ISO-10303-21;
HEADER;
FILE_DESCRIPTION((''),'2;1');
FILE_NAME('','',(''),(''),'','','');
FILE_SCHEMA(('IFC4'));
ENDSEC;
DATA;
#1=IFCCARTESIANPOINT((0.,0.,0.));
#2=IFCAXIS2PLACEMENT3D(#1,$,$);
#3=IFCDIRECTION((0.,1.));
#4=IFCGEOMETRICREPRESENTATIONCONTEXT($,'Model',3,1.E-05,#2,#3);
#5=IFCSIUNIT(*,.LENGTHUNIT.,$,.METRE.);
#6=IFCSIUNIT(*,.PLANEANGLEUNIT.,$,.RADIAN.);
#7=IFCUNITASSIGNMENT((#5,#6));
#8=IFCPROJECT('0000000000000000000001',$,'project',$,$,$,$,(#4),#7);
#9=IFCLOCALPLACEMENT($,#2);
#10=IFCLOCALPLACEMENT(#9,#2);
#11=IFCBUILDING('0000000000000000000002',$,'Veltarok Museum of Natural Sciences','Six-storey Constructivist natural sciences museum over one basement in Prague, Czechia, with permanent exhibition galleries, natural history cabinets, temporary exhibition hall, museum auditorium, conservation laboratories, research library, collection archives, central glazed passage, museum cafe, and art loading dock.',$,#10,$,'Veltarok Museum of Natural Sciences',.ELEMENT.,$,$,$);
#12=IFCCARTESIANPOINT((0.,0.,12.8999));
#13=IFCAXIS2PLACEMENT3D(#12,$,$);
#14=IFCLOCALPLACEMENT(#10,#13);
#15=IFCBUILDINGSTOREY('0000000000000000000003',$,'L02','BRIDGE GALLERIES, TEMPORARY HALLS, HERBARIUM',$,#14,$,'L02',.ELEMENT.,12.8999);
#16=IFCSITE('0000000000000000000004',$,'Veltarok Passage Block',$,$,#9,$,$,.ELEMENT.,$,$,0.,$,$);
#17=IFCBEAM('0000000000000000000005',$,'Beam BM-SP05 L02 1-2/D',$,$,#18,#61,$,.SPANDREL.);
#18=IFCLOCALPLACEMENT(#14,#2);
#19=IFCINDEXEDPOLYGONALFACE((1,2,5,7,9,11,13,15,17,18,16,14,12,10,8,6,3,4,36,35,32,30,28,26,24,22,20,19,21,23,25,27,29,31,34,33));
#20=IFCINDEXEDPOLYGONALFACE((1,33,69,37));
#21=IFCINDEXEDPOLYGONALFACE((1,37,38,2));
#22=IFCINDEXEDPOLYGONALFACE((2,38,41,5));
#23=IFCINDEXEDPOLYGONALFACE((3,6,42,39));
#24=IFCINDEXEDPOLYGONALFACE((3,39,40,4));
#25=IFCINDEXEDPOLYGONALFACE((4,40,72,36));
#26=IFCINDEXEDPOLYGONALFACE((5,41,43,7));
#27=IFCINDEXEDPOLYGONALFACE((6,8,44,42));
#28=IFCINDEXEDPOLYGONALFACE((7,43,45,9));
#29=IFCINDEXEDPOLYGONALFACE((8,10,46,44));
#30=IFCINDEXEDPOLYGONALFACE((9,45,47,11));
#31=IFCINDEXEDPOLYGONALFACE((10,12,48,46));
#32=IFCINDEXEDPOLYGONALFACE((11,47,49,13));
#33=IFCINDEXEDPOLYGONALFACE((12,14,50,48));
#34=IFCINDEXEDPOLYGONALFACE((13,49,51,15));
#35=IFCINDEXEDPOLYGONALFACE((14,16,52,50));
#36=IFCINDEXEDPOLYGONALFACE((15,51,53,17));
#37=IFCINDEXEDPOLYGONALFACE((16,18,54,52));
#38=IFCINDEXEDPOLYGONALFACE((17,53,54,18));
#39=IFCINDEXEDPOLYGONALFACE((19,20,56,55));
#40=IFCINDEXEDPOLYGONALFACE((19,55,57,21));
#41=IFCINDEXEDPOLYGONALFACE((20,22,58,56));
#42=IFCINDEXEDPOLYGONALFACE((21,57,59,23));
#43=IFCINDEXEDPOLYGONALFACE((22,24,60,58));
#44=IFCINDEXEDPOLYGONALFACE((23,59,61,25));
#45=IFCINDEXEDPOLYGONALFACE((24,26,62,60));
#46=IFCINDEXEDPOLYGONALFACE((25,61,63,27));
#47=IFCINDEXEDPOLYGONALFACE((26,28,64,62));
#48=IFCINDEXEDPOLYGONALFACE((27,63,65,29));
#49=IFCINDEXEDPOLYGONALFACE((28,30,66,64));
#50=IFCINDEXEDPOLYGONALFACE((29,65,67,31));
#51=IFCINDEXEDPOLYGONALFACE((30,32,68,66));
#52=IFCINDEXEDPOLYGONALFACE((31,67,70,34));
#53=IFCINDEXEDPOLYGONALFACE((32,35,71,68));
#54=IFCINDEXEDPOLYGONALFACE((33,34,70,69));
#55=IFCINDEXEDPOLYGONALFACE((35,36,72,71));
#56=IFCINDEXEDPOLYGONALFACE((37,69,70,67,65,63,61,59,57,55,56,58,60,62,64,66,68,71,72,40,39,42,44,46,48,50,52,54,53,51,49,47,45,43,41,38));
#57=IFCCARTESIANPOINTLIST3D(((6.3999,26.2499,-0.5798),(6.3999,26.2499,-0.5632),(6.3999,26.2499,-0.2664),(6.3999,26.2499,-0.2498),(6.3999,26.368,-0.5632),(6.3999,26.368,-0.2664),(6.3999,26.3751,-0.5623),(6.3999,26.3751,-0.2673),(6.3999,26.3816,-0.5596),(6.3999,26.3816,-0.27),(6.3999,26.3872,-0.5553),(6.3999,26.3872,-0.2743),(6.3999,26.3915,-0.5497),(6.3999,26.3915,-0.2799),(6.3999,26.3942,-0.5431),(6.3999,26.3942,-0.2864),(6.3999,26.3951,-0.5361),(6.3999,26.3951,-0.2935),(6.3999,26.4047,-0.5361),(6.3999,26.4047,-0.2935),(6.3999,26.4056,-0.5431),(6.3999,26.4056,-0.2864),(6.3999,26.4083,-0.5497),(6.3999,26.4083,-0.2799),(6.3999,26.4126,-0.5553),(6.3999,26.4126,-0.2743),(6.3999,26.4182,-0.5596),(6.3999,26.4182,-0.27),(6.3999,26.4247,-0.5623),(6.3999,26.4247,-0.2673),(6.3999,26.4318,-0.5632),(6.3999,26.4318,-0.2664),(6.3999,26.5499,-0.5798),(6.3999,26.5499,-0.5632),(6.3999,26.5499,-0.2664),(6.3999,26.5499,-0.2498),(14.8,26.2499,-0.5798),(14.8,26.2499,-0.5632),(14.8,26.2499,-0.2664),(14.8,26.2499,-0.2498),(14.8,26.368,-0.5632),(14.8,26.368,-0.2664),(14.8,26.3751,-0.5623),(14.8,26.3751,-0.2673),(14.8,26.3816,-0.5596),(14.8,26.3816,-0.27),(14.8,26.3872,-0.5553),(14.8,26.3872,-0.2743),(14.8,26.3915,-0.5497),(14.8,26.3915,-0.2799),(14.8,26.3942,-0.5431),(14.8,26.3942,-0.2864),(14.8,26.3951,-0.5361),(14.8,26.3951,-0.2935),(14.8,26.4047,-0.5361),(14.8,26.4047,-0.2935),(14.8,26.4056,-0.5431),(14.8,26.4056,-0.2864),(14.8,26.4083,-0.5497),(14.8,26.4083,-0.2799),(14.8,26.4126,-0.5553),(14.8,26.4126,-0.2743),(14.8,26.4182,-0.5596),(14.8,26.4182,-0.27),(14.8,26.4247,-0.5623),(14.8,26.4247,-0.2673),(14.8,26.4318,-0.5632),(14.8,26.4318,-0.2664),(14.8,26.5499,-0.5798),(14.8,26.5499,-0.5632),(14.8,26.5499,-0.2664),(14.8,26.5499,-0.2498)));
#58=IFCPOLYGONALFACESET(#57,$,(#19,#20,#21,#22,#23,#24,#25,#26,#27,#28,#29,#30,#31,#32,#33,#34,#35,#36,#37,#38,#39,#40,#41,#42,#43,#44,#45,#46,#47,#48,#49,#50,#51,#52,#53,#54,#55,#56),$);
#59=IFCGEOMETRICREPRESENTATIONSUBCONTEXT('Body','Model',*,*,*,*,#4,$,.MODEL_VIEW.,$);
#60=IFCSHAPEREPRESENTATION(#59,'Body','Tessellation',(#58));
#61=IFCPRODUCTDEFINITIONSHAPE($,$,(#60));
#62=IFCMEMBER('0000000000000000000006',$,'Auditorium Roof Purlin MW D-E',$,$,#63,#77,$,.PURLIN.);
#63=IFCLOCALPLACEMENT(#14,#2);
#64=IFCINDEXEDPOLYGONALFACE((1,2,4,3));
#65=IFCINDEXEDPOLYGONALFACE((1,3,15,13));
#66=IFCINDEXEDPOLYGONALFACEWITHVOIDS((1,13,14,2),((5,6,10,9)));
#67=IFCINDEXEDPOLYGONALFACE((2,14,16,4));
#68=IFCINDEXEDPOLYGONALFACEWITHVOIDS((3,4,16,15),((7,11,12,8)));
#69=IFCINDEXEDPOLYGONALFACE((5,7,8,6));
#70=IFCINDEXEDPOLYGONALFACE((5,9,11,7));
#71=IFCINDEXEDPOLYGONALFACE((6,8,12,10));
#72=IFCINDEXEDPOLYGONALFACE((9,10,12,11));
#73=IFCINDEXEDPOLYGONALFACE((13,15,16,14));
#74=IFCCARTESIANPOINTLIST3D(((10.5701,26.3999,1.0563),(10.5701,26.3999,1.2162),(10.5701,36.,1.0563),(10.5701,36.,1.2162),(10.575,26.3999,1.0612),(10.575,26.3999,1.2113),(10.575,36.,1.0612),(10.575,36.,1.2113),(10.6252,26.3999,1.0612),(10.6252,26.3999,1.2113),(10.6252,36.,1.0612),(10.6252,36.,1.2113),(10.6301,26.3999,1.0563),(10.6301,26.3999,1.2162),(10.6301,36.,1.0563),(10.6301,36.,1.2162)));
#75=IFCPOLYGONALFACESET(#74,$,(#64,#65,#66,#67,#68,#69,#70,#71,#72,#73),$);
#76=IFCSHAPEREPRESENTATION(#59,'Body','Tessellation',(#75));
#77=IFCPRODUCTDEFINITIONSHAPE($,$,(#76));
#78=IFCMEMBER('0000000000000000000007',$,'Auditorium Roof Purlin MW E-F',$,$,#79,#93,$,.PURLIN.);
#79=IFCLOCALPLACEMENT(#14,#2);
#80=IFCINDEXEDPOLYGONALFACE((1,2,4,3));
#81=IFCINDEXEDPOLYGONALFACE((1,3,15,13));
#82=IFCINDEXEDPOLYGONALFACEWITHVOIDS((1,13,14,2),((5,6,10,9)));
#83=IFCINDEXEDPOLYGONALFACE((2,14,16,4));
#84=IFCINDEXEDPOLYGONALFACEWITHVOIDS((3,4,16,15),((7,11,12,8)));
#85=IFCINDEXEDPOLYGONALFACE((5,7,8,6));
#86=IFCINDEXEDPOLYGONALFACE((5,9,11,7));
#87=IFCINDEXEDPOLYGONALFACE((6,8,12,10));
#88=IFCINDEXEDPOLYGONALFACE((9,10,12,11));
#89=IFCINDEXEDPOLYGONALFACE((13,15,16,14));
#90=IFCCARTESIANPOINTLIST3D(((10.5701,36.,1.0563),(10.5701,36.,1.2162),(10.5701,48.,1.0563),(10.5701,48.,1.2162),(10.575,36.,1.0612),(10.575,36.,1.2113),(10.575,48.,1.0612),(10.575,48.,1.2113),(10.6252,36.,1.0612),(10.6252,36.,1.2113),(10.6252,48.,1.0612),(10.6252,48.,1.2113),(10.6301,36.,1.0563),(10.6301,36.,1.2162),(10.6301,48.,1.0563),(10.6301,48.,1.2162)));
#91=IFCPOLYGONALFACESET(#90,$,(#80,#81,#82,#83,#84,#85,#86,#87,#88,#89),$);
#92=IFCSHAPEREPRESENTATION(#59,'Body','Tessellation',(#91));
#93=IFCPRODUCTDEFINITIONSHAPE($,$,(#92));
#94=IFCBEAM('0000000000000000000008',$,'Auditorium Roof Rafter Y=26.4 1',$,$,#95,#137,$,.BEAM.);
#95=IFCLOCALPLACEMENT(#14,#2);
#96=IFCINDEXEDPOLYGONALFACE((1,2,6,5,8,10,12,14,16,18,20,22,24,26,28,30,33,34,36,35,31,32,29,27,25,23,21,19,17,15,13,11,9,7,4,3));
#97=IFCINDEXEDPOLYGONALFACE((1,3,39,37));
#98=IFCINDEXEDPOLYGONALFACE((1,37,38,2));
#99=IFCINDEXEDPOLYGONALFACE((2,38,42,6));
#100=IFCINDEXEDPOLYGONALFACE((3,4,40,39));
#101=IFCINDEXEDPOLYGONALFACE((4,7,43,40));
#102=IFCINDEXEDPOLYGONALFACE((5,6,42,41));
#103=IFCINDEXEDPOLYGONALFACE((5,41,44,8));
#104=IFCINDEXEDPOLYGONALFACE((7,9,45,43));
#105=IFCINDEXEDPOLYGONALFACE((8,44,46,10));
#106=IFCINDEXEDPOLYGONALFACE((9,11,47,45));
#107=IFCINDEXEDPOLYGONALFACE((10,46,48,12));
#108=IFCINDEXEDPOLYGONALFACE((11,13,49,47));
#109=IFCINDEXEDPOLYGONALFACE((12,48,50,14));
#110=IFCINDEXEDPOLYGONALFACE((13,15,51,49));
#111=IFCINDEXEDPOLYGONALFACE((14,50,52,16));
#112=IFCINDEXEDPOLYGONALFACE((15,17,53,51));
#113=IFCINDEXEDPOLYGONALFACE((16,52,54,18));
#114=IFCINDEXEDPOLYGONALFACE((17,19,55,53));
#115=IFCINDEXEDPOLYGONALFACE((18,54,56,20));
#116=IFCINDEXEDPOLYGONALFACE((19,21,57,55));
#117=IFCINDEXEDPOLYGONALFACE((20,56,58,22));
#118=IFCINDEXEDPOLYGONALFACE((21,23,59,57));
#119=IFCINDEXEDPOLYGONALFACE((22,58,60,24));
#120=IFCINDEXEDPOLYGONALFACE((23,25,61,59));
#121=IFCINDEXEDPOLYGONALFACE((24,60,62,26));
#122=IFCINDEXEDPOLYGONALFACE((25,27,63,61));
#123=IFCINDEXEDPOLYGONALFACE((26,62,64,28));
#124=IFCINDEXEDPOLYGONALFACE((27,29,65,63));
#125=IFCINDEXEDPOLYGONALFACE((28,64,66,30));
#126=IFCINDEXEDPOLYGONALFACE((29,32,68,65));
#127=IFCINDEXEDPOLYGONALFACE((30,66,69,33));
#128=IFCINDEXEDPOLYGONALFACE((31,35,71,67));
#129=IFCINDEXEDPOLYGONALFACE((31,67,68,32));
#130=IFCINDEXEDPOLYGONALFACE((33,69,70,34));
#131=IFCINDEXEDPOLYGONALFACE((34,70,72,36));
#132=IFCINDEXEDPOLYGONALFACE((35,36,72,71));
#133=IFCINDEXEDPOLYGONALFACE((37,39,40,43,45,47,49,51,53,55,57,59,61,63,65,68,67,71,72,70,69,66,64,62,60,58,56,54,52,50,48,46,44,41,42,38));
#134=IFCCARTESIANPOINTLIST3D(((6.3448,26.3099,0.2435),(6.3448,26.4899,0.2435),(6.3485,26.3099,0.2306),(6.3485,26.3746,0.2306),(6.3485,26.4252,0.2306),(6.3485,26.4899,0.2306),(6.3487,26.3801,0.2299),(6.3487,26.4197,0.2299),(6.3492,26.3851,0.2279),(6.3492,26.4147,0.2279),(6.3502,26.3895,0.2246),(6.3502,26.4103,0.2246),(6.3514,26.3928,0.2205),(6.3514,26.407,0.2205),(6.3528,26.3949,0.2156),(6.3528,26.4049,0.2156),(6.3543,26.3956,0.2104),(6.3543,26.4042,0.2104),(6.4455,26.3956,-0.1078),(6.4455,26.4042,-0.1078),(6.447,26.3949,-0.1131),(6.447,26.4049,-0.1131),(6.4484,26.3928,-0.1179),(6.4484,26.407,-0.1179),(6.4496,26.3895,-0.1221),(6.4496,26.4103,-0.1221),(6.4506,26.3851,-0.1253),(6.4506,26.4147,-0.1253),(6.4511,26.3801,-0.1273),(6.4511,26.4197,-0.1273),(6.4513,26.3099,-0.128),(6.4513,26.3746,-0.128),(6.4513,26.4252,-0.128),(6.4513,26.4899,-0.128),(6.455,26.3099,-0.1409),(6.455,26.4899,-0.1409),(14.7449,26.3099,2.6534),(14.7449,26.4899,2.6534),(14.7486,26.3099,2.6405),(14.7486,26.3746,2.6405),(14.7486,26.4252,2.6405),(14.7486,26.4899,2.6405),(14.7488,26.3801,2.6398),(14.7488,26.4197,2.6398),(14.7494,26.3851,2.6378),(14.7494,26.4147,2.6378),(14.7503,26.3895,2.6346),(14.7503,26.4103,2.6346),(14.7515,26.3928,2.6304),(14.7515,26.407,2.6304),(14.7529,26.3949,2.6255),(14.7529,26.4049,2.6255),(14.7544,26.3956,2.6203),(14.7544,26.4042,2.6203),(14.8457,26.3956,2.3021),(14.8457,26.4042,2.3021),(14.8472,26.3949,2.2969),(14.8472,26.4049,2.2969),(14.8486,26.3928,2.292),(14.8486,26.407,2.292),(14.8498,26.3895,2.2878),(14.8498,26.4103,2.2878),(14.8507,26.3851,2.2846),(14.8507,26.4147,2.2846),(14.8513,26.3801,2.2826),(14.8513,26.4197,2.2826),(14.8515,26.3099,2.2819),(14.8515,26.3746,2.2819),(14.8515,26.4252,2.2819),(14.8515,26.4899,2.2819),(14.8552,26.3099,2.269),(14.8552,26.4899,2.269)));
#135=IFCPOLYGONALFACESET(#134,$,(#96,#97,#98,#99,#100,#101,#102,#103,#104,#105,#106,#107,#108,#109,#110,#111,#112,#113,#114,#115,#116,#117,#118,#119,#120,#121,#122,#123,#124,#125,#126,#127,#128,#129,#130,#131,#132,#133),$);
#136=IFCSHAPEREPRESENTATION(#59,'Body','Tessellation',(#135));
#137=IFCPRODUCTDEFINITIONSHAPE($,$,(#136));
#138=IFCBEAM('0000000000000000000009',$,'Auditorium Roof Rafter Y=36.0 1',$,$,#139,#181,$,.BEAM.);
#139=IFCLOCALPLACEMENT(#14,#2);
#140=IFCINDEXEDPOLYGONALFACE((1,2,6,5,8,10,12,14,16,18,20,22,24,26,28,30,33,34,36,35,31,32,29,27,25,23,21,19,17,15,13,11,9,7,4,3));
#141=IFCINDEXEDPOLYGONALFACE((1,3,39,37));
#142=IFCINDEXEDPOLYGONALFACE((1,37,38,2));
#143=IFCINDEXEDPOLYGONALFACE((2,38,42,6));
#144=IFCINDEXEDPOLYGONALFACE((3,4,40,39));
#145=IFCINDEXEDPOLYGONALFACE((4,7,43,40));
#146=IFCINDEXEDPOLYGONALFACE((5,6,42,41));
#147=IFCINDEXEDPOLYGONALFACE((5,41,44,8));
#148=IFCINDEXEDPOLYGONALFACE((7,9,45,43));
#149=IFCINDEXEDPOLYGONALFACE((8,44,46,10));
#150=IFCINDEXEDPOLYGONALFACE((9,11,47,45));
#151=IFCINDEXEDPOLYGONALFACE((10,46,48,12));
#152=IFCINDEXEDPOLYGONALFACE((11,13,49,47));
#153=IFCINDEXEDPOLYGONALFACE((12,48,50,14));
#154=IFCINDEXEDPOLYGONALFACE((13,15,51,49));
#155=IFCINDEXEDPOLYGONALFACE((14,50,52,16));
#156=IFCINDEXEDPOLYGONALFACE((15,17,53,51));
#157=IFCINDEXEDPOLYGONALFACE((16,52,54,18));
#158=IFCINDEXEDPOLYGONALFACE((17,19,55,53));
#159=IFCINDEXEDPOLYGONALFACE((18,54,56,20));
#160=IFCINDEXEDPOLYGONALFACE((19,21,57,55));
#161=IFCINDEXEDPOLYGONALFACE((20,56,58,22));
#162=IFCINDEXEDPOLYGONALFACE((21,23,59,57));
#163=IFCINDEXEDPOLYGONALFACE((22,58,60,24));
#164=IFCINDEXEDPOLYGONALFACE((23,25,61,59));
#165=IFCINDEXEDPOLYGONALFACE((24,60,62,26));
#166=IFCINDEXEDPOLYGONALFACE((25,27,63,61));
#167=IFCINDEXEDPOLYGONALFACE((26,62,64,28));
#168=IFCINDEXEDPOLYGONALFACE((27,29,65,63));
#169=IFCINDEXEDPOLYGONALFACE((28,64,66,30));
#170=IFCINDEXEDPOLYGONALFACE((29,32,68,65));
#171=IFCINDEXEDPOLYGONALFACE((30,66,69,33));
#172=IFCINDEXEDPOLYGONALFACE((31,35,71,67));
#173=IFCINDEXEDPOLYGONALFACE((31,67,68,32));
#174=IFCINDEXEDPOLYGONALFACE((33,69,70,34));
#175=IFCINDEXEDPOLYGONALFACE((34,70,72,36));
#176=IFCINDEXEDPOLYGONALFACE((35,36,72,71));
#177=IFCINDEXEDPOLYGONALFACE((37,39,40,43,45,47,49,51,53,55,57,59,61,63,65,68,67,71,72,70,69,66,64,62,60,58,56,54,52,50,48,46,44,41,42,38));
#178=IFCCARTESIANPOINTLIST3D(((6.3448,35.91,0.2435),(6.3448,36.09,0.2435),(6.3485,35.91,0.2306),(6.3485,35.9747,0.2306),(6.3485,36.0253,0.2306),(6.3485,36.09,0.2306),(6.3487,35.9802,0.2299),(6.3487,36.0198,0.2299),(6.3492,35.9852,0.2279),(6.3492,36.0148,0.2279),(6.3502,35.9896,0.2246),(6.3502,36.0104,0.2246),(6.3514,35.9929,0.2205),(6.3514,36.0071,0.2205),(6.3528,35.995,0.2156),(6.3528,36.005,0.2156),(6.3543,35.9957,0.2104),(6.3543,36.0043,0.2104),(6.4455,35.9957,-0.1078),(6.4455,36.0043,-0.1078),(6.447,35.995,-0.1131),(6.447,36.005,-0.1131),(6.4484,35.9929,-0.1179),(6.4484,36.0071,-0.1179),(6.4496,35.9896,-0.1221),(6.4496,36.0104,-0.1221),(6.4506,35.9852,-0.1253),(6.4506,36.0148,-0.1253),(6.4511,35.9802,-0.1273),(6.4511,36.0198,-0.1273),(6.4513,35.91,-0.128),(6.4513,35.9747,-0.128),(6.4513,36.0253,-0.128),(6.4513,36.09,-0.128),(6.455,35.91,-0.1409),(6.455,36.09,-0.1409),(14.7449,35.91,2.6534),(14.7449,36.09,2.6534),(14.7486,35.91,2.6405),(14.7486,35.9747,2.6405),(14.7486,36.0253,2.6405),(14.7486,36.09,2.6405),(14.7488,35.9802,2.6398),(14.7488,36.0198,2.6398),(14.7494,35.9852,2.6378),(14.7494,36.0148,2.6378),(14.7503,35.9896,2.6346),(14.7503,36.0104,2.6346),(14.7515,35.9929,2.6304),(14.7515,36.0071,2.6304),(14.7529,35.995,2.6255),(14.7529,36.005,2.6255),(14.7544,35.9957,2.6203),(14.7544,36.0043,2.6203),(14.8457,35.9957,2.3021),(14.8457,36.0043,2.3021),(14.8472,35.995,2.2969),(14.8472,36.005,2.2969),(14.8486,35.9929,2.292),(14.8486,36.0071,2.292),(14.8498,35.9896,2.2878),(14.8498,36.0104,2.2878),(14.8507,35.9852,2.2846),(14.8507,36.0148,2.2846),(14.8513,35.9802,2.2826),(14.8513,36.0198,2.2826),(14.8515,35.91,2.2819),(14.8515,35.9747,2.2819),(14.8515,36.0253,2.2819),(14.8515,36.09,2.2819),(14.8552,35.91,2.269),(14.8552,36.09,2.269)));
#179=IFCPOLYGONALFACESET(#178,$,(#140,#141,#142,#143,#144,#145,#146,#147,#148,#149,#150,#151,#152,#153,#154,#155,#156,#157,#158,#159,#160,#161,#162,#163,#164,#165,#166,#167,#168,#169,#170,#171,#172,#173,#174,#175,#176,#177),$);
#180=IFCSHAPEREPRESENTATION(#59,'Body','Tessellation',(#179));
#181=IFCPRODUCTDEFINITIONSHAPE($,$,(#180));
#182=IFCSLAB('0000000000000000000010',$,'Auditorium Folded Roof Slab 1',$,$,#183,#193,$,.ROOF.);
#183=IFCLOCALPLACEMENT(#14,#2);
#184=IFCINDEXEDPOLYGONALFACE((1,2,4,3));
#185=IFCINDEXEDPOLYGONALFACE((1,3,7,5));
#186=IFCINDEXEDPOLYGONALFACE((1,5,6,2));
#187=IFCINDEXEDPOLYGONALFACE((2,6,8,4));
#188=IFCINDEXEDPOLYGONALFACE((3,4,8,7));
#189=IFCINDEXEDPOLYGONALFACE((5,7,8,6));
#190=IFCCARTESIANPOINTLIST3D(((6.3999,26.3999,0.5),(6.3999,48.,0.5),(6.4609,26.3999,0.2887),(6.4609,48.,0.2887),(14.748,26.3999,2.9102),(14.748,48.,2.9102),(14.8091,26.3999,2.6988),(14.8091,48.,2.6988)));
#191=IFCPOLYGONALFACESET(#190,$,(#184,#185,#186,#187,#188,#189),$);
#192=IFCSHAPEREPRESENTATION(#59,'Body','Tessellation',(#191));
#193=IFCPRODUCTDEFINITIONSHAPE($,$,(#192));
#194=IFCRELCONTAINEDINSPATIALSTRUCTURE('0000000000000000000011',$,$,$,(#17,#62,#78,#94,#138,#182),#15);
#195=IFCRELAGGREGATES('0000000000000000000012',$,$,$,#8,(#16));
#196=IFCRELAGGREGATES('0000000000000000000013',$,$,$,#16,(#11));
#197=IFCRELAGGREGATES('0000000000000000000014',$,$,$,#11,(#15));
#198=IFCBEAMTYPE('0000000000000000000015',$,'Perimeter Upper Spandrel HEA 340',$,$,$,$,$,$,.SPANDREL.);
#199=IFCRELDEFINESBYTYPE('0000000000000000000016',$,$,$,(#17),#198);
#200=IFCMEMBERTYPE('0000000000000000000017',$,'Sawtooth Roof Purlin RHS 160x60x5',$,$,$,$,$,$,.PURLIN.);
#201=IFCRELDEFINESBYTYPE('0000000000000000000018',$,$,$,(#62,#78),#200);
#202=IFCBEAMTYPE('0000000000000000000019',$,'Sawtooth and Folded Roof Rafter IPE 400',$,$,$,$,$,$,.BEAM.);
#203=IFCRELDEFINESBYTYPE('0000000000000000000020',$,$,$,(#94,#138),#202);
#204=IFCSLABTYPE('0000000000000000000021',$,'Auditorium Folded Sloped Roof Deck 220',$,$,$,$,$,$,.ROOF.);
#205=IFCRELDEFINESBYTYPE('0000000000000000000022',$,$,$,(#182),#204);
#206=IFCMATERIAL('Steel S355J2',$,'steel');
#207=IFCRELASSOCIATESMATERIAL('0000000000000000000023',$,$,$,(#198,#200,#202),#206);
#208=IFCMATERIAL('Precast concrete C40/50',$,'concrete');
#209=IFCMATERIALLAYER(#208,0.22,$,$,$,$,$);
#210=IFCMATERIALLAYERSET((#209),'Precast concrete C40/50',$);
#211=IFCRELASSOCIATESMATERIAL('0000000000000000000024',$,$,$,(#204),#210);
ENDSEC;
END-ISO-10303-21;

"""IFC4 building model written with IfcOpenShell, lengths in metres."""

from ifc_helpers import new_model, si_unit, direction, frame, origin, origin_2d, place, context, subcontext, project, spatial, polyline, hollow_rectangle, i_section, outline, extrude, material, layer, layer_set, material_profile, profile_set, type_object, element, save


model = new_model("IFC4")

# Units and contexts
model_context = context("Model", 3, precision=1e-05, world=origin(), true_north=direction((0.0, 1.0)))
body_context = subcontext(model_context, "Body", "Model", "MODEL_VIEW")
ifc_project = project(units=[si_unit("LENGTHUNIT", "METRE"), si_unit("PLANEANGLEUNIT", "RADIAN")], contexts=[model_context])

# Site, building, storey
site_placement = place(None, origin())
site = spatial("IfcSite", under=ifc_project, at=site_placement, Name="Veltarok Passage Block", CompositionType="ELEMENT", RefElevation=0.0)
building_placement = place(site_placement, origin())
building = spatial("IfcBuilding", under=site, at=building_placement, Name="Veltarok Museum of Natural Sciences", Description="Six-storey Constructivist natural sciences museum over one basement in Prague, Czechia, with permanent exhibition galleries, natural history cabinets, temporary exhibition hall, museum auditorium, conservation laboratories, research library, collection archives, central glazed passage, museum cafe, and art loading dock.", LongName="Veltarok Museum of Natural Sciences", CompositionType="ELEMENT")
storey_placement = place(building_placement, frame((0.0, 0.0, 12.8999)))
storey = spatial("IfcBuildingStorey", under=building, at=storey_placement, Name="L02", Description="BRIDGE GALLERIES, TEMPORARY HALLS, HERBARIUM", LongName="L02", CompositionType="ELEMENT", Elevation=12.8999)

# Shared definitions
ifc_material_1 = material(Name="Steel S355J2", Category="steel")

# Beam
ifc_material_profile_1 = material_profile(ifc_material_1, i_section(OverallWidth=0.3, OverallDepth=0.3301, WebThickness=0.0095, FlangeThickness=0.0166, FilletRadius=0.0271, at=origin_2d()), Name="HEA 340")
ifc_profile_set_1 = profile_set([ifc_material_profile_1], Name="Steel S355J2")
beam_type_1 = type_object("IfcBeamType", Name="Perimeter Upper Spandrel HEA 340", PredefinedType="SPANDREL", material=ifc_profile_set_1)
beam_placement = place(storey_placement, frame((6.3999, 26.3999, -0.4148), z_axis=(1.0, 0.0, 0.0), x_axis=(0.0, 1.0, 0.0)))
element("IfcBeam", 1, at=beam_placement, inside=storey, type_object=beam_type_1, Name="Beam BM-SP05 L02 1-2/D", PredefinedType="SPANDREL", context=body_context, shape_type="SweptSolid", body=[
    extrude(i_section(OverallWidth=0.3, OverallDepth=0.3301, WebThickness=0.0095, FlangeThickness=0.0166, FilletRadius=0.0271, at=origin_2d()), origin(), (0.0, 0.0, 1.0), 8.4001),
])

# Members
ifc_material_profile_2 = material_profile(ifc_material_1, hollow_rectangle(XDim=0.0601, YDim=0.1599, WallThickness=0.0049, at=origin_2d()), Name="RHS 160x60x5")
ifc_profile_set_2 = profile_set([ifc_material_profile_2], Name="Steel S355J2")
member_type_1 = type_object("IfcMemberType", Name="Sawtooth Roof Purlin RHS 160x60x5", PredefinedType="PURLIN", material=ifc_profile_set_2)
member_1_placement = place(storey_placement, frame((10.6001, 26.3999, 1.1362), z_axis=(0.0, 1.0, 0.0), x_axis=(-1.0, 0.0, 0.0)))
element("IfcMember", 2, at=member_1_placement, inside=storey, type_object=member_type_1, Name="Auditorium Roof Purlin MW D-E", PredefinedType="PURLIN", context=body_context, shape_type="SweptSolid", body=[
    extrude(hollow_rectangle(XDim=0.0601, YDim=0.1599, WallThickness=0.0049, at=origin_2d()), origin(), (0.0, 0.0, 1.0), 9.6001),
])
member_2_placement = place(storey_placement, frame((10.6001, 36.0, 1.1362), z_axis=(0.0, 1.0, 0.0), x_axis=(-1.0, 0.0, 0.0)))
element("IfcMember", 3, at=member_2_placement, inside=storey, type_object=member_type_1, Name="Auditorium Roof Purlin MW E-F", PredefinedType="PURLIN", context=body_context, shape_type="SweptSolid", body=[
    extrude(hollow_rectangle(XDim=0.0601, YDim=0.1599, WallThickness=0.0049, at=origin_2d()), origin(), (0.0, 0.0, 1.0), 12.0),
])

# Beams
ifc_material_profile_3 = material_profile(ifc_material_1, i_section(OverallWidth=0.1799, OverallDepth=0.3999, WebThickness=0.0085, FlangeThickness=0.0134, FilletRadius=0.021, at=origin_2d()), Name="IPE 400")
ifc_profile_set_3 = profile_set([ifc_material_profile_3], Name="Steel S355J2")
beam_type_2 = type_object("IfcBeamType", Name="Sawtooth and Folded Roof Rafter IPE 400", PredefinedType="BEAM", material=ifc_profile_set_3)
for number, where, z_axis, x_axis, name in (
    (4, (6.3999, 26.3999, 0.0513), (0.961225, 0.0, 0.275765), (0.0, 1.0, 0.0), "Auditorium Roof Rafter Y=26.4 1"),
    (5, (6.3999, 36.0, 0.0513), (0.961225, 0.0, 0.275765), (0.0, 1.0, 0.0), "Auditorium Roof Rafter Y=36.0 1"),
):
    element("IfcBeam", number, at=place(storey_placement, frame(where, z_axis=z_axis, x_axis=x_axis)), inside=storey, type_object=beam_type_2, Name=name, PredefinedType="BEAM", context=body_context, shape_type="SweptSolid", body=[
        extrude(i_section(OverallWidth=0.1799, OverallDepth=0.3999, WebThickness=0.0085, FlangeThickness=0.0134, FilletRadius=0.021, at=origin_2d()), origin(), (0.0, 0.0, 1.0), 8.739),
    ])

# Slab
ifc_material_2 = material(Name="Precast concrete C40/50", Category="concrete")
ifc_layer_1 = layer(ifc_material_2, 0.22)
ifc_layer_set_1 = layer_set([ifc_layer_1], Name="Precast concrete C40/50")
slab_type = type_object("IfcSlabType", Name="Auditorium Folded Sloped Roof Deck 220", PredefinedType="ROOF", material=ifc_layer_set_1)
slab_placement = place(storey_placement, frame((6.3999, 26.3999, 0.5), z_axis=(-0.277377, 0.0, 0.960761), x_axis=(0.960761, 0.0, 0.277377)))
element("IfcSlab", 6, at=slab_placement, inside=storey, type_object=slab_type, Name="Auditorium Folded Roof Slab 1", PredefinedType="ROOF", context=body_context, shape_type="SweptSolid", body=[
    extrude(outline(polyline([(0.0, 0.0), (8.6891, 0.0), (8.6891, 21.6001), (0.0, 21.6001), (0.0, 0.0)])), origin(), (0.0, 0.0, -1.0), 0.22),
])

save(model, "model.ifc")
